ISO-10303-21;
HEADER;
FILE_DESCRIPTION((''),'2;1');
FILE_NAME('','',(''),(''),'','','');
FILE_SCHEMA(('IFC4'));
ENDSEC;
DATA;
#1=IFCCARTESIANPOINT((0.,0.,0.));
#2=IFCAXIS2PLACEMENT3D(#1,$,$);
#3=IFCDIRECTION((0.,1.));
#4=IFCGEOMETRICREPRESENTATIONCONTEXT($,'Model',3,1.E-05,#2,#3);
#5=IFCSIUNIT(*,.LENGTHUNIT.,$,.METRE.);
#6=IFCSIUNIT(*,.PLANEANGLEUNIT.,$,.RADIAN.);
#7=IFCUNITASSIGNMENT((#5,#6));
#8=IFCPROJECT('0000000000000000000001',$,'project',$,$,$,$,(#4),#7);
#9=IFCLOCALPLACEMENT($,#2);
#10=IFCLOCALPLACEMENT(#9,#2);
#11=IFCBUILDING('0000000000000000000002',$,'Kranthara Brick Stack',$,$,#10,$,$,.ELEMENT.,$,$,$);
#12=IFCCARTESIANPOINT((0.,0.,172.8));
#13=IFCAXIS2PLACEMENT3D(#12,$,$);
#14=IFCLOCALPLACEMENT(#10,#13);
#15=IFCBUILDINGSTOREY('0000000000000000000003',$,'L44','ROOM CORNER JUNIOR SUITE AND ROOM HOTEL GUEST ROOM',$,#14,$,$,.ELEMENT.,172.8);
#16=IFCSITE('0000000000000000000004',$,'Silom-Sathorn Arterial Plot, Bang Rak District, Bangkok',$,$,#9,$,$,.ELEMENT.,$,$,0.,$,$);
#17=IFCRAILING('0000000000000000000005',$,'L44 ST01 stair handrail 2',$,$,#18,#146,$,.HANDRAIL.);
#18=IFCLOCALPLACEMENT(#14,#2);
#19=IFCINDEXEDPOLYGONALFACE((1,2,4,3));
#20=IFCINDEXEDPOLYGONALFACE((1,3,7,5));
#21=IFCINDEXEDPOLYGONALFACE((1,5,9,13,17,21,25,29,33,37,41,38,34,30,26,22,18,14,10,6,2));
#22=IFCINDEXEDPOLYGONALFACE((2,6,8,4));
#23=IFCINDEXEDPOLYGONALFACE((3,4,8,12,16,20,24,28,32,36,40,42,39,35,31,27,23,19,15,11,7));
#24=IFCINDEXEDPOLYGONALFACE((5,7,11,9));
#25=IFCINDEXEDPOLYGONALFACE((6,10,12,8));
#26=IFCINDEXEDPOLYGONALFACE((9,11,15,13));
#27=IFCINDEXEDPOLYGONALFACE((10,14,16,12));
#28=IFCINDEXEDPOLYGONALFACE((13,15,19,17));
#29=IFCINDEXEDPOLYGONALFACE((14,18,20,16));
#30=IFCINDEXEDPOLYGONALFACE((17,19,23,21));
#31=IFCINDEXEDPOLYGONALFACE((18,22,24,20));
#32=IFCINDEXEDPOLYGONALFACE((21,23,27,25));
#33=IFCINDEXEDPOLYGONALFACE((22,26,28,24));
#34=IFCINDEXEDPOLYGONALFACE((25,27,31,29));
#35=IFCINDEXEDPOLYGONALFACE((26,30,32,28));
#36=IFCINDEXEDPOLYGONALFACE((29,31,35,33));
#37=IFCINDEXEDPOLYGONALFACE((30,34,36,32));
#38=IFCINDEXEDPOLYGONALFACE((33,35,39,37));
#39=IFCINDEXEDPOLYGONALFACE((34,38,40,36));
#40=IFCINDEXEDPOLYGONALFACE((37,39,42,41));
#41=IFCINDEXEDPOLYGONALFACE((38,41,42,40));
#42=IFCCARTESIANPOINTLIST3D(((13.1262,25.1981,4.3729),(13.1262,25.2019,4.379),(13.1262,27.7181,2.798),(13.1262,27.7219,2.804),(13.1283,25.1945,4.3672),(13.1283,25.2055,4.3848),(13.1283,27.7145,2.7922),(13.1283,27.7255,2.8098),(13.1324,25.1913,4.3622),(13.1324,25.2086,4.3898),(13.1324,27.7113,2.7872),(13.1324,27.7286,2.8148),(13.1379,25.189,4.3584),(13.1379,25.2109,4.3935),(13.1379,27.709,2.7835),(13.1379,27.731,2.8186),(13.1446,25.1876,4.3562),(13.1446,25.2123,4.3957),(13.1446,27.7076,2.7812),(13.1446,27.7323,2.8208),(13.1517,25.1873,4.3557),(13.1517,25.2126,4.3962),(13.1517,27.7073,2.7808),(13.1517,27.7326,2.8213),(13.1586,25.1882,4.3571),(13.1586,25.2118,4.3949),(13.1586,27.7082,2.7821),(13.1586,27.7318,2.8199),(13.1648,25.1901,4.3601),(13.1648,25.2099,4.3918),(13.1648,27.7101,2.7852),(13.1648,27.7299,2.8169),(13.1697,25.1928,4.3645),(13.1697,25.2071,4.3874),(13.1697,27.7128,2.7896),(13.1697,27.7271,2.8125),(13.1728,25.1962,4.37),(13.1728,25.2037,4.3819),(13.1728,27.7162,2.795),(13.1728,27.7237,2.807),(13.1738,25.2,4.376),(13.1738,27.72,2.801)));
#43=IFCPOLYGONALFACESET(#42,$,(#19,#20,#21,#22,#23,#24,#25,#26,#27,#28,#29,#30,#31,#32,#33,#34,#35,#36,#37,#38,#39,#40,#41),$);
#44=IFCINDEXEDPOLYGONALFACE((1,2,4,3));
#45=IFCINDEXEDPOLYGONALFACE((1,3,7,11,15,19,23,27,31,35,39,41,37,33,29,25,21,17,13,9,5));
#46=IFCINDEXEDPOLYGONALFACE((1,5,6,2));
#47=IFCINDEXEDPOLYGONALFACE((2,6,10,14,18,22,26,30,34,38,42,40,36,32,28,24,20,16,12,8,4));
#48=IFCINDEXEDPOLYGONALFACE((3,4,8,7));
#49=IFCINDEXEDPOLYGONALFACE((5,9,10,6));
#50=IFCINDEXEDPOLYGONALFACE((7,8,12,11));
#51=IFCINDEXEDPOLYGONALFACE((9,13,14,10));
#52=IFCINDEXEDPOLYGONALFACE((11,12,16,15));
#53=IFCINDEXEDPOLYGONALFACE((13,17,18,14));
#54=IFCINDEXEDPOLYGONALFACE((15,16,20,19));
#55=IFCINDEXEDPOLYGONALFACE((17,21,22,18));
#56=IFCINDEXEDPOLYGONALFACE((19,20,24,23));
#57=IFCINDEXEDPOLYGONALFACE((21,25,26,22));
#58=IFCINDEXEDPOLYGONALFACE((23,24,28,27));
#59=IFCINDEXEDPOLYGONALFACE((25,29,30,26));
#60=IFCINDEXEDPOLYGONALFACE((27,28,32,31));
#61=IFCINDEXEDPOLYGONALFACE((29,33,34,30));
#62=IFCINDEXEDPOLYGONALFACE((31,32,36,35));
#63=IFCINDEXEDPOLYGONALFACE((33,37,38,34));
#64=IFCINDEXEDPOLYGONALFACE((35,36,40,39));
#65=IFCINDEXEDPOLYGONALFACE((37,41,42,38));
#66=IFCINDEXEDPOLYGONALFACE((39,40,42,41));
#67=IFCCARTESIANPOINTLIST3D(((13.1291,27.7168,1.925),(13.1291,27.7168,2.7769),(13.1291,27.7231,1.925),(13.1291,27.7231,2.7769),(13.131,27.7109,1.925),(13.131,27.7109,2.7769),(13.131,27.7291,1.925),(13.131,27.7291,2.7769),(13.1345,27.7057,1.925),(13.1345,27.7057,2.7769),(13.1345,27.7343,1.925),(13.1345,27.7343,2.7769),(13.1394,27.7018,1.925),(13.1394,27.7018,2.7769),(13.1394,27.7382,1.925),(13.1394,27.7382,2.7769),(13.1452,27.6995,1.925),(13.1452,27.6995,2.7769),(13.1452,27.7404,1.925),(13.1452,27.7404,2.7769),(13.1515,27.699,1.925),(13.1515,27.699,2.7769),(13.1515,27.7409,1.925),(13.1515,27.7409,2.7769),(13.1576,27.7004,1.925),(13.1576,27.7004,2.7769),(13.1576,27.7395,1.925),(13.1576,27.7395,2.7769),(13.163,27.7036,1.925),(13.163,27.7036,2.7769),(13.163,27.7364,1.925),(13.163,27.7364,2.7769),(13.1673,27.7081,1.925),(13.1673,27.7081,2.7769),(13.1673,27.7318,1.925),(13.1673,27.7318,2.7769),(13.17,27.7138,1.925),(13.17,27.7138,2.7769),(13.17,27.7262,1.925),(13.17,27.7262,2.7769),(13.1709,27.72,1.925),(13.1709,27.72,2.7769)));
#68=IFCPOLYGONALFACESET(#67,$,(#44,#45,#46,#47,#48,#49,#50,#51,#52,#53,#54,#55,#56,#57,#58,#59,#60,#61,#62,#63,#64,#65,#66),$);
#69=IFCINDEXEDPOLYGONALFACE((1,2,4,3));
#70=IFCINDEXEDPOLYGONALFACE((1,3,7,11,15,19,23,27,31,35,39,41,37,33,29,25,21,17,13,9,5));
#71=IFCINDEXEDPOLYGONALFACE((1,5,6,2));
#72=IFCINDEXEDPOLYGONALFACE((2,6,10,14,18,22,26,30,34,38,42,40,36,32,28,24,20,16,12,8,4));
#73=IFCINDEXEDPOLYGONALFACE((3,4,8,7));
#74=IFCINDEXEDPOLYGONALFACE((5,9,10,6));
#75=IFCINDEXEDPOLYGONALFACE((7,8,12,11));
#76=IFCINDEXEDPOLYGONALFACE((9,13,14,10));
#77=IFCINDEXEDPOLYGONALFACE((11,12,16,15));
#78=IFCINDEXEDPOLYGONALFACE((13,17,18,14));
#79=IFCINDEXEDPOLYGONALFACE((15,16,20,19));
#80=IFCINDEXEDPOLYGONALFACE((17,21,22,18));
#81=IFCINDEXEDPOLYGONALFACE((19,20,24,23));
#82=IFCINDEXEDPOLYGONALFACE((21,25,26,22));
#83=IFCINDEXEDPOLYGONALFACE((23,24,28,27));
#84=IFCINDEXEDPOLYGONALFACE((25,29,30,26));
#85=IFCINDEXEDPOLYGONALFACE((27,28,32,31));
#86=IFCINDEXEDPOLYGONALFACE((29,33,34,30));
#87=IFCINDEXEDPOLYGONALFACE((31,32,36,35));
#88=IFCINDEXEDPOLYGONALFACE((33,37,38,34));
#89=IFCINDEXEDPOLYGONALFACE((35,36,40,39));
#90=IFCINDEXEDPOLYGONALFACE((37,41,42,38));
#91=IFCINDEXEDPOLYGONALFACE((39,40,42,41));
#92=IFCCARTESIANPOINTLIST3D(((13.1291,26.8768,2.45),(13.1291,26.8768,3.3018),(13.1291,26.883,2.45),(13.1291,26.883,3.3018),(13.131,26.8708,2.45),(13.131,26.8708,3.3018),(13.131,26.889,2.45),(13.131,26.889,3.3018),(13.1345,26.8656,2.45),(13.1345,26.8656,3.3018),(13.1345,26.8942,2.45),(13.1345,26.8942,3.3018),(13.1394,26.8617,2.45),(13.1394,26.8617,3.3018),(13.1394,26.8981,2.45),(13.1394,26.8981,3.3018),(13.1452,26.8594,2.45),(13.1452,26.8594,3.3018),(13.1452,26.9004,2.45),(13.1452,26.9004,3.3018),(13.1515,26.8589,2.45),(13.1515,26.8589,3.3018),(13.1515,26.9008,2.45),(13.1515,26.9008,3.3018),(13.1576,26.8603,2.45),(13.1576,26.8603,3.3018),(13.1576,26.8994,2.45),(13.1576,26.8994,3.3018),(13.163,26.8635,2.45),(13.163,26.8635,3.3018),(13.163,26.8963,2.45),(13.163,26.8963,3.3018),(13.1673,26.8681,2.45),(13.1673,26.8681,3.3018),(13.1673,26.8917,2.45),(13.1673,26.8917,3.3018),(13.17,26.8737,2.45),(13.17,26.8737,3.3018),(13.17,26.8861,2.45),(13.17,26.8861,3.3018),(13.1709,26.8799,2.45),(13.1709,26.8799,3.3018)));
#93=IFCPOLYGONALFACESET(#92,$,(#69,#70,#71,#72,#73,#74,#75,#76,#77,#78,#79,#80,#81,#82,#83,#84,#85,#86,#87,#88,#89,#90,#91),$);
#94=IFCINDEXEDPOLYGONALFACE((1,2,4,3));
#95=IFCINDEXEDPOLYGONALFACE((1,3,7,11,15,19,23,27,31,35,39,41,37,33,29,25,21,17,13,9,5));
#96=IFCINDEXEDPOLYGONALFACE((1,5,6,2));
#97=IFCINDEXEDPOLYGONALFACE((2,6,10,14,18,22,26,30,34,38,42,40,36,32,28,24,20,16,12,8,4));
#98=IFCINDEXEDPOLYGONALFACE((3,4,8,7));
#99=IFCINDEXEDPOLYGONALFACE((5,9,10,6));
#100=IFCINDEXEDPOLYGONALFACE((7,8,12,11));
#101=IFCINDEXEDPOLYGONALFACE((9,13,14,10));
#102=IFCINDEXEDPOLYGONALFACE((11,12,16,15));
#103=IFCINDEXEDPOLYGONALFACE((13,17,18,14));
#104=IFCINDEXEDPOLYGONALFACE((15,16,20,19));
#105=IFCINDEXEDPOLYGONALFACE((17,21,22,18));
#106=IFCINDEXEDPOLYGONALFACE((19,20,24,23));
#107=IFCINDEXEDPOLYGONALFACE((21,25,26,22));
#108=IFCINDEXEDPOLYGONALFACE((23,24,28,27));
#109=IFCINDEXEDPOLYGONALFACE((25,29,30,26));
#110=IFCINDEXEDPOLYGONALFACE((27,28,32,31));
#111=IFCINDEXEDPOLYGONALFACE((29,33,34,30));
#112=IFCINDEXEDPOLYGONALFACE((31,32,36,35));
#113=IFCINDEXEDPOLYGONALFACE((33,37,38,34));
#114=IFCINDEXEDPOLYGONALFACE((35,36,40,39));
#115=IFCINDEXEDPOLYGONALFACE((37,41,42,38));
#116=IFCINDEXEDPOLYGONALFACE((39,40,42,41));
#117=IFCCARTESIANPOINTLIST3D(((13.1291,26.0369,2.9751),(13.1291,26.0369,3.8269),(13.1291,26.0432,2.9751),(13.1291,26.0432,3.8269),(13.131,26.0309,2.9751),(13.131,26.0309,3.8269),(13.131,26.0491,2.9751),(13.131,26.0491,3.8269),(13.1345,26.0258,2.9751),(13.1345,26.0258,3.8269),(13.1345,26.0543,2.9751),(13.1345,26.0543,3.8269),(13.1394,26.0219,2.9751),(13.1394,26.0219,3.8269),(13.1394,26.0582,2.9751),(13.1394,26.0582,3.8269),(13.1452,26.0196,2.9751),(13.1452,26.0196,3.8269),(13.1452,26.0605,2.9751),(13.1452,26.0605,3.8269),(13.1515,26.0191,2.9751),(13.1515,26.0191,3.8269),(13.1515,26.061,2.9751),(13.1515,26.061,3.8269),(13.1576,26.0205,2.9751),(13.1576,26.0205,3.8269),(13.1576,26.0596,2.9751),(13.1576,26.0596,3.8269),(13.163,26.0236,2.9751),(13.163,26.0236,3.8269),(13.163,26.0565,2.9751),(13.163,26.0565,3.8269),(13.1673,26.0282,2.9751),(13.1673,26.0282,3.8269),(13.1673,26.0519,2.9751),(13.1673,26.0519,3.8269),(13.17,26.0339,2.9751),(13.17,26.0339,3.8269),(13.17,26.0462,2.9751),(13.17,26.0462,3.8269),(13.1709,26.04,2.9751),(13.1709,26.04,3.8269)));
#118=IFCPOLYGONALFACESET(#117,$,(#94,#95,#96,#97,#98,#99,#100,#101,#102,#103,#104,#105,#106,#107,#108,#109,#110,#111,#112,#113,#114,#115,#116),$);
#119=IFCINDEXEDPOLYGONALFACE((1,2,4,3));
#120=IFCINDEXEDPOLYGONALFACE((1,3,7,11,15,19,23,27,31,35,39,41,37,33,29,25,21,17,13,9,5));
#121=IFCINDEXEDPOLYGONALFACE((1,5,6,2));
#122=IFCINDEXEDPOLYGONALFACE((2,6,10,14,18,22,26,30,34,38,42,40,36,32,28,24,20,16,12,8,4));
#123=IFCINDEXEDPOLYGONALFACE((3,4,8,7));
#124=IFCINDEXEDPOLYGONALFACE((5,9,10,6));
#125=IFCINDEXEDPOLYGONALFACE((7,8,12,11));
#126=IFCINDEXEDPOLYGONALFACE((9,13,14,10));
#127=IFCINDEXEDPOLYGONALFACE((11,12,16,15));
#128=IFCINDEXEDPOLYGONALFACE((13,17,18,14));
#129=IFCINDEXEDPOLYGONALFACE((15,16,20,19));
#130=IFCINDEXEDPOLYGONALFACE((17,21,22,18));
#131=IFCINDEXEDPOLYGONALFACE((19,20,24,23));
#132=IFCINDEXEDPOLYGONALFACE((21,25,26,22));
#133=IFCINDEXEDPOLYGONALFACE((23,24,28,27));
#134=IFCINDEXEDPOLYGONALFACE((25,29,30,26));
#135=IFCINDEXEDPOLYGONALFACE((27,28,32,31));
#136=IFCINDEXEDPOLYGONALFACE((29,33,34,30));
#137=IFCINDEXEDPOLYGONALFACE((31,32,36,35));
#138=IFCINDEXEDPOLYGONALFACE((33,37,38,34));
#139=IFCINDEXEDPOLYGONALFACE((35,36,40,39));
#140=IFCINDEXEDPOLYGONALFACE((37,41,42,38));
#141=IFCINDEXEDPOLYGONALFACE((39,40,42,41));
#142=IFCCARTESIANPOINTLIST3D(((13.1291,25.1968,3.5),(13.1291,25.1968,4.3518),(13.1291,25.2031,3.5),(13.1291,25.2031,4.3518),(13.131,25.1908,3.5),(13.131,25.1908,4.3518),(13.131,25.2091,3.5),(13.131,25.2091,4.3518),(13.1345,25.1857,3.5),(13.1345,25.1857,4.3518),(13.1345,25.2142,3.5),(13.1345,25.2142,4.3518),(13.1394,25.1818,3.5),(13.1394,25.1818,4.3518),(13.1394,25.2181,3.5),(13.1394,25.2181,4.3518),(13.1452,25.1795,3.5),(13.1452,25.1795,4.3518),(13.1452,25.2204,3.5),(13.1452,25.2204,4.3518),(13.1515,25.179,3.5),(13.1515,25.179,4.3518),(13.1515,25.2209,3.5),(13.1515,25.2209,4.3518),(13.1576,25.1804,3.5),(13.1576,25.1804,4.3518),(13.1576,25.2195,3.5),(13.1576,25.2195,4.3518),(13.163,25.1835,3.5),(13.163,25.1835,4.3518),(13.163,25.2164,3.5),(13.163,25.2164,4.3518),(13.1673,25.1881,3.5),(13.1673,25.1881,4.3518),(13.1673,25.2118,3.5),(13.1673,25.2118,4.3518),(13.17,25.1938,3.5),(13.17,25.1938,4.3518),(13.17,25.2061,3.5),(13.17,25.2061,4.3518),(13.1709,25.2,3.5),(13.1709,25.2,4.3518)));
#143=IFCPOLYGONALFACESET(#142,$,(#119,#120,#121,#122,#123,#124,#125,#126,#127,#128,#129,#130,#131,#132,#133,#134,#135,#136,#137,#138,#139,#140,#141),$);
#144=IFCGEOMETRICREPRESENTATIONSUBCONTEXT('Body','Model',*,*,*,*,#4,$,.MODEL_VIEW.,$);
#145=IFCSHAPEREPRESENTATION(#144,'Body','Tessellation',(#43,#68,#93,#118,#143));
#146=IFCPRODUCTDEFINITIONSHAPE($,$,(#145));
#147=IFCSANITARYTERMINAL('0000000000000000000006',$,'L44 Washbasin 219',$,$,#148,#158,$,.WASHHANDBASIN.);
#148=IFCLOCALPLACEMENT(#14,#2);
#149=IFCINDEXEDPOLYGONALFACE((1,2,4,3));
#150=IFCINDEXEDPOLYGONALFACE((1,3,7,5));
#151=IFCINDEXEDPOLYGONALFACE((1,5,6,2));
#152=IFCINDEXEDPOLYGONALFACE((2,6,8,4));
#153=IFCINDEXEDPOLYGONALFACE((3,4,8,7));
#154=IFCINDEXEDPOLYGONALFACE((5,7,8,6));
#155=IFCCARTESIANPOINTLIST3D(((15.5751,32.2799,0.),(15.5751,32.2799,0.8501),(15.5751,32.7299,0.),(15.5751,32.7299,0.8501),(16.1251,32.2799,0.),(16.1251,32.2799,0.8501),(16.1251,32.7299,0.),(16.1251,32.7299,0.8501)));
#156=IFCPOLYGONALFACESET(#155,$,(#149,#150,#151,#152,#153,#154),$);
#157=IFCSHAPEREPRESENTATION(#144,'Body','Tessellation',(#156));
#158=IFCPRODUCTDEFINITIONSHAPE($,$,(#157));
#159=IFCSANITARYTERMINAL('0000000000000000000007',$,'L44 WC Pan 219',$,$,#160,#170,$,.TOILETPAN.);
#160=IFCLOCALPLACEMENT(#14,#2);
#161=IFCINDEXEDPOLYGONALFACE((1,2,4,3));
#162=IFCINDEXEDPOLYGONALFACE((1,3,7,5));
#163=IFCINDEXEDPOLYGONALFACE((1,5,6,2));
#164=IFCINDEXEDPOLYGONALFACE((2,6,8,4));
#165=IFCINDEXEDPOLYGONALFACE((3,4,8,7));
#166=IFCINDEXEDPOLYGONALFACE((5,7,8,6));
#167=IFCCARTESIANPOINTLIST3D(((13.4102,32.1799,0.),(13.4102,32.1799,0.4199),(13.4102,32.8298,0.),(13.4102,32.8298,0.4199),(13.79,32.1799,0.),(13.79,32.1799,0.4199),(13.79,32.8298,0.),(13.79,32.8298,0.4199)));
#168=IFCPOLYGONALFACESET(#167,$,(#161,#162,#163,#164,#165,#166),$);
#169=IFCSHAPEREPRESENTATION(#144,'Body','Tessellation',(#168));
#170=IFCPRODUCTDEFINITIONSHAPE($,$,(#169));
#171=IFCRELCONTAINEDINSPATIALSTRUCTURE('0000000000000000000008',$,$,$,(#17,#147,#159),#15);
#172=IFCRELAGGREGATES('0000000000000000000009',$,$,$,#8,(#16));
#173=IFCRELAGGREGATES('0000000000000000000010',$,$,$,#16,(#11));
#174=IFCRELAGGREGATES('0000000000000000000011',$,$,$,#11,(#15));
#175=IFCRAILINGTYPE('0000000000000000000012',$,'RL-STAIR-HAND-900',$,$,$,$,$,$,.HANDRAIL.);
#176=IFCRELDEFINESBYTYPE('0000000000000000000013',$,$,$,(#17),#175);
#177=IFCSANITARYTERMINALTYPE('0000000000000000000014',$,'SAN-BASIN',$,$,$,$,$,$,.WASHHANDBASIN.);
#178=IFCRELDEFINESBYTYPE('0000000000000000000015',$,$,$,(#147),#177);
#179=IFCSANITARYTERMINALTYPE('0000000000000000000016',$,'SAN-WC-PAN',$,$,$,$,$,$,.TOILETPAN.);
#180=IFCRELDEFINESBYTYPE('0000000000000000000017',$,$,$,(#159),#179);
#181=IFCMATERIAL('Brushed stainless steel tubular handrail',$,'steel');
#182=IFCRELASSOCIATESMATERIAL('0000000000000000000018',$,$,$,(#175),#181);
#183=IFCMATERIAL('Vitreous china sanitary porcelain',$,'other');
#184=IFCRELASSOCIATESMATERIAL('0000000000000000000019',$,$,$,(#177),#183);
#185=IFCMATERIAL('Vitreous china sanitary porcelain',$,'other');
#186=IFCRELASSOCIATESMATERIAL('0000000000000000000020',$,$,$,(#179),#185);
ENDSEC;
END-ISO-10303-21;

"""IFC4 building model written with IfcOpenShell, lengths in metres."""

from ifc_helpers import new_model, si_unit, direction, frame, origin, origin_2d, place, context, subcontext, project, spatial, rectangle, circle, extrude, material, type_object, element, save


model = new_model("IFC4")

# Units and contexts
model_context = context("Model", 3, precision=1e-05, world=origin(), true_north=direction((0.0, 1.0)))
body_context = subcontext(model_context, "Body", "Model", "MODEL_VIEW")
ifc_project = project(units=[si_unit("LENGTHUNIT", "METRE"), si_unit("PLANEANGLEUNIT", "RADIAN")], contexts=[model_context])

# Site, building, storey
site_placement = place(None, origin())
site = spatial("IfcSite", under=ifc_project, at=site_placement, Name="Silom-Sathorn Arterial Plot, Bang Rak District, Bangkok", CompositionType="ELEMENT", RefElevation=0.0)
building_placement = place(site_placement, origin())
building = spatial("IfcBuilding", under=site, at=building_placement, Name="Kranthara Brick Stack", CompositionType="ELEMENT")
storey_placement = place(building_placement, frame((0.0, 0.0, 172.8)))
storey = spatial("IfcBuildingStorey", under=building, at=storey_placement, Name="L44", Description="ROOM CORNER JUNIOR SUITE AND ROOM HOTEL GUEST ROOM", CompositionType="ELEMENT", Elevation=172.8)

# Railing
ifc_material_1 = material(Name="Brushed stainless steel tubular handrail", Category="steel")
railing_type_1 = type_object("IfcRailingType", Name="RL-STAIR-HAND-900", PredefinedType="HANDRAIL", material=ifc_material_1)
railing_1_placement = place(storey_placement, frame((13.1499, 27.72, 1.925)))
element("IfcRailing", 1, at=railing_1_placement, inside=storey, type_object=railing_type_1, Name="L44 ST01 stair handrail 2", PredefinedType="HANDRAIL", context=body_context, shape_type="SweptSolid", body=[
    extrude(circle(Radius=0.0239, at=origin_2d()), frame((0.0, 0.0, 0.876), z_axis=(0.0, -0.848008, 0.529984), x_axis=(1.0, 0.0, 0.0)), (0.0, 0.0, 1.0), 2.9717),
    extrude(circle(Radius=0.021, at=origin_2d()), origin(), (0.0, 0.0, 1.0), 0.8518),
    extrude(circle(Radius=0.021, at=origin_2d()), frame((0.0, -0.8401, 0.5249)), (0.0, 0.0, 1.0), 0.8518),
    extrude(circle(Radius=0.021, at=origin_2d()), frame((0.0, -1.6799, 1.05)), (0.0, 0.0, 1.0), 0.8518),
    extrude(circle(Radius=0.021, at=origin_2d()), frame((0.0, -2.52, 1.575)), (0.0, 0.0, 1.0), 0.8518),
])

# Sanitary terminals
ifc_material_2 = material(Name="Vitreous china sanitary porcelain", Category="other")
sanitary_terminal_type_1 = type_object("IfcSanitaryTerminalType", Name="SAN-BASIN", PredefinedType="WASHHANDBASIN", material=ifc_material_2)
sanitary_terminal_1_placement = place(storey_placement, frame((15.8501, 32.5049, 0.0), z_axis=(0.0, 0.0, 1.0), x_axis=(1.0, 0.0, 0.0)))
element("IfcSanitaryTerminal", 2, at=sanitary_terminal_1_placement, inside=storey, type_object=sanitary_terminal_type_1, Name="L44 Washbasin 219", PredefinedType="WASHHANDBASIN", context=body_context, shape_type="SweptSolid", body=[
    extrude(rectangle(XDim=0.55, YDim=0.45, at=origin_2d()), origin(), (0.0, 0.0, 1.0), 0.8501),
])
ifc_material_3 = material(Name="Vitreous china sanitary porcelain", Category="other")
sanitary_terminal_type_2 = type_object("IfcSanitaryTerminalType", Name="SAN-WC-PAN", PredefinedType="TOILETPAN", material=ifc_material_3)
sanitary_terminal_2_placement = place(storey_placement, frame((13.6001, 32.5049, 0.0), z_axis=(0.0, 0.0, 1.0), x_axis=(1.0, 0.0, 0.0)))
element("IfcSanitaryTerminal", 3, at=sanitary_terminal_2_placement, inside=storey, type_object=sanitary_terminal_type_2, Name="L44 WC Pan 219", PredefinedType="TOILETPAN", context=body_context, shape_type="SweptSolid", body=[
    extrude(rectangle(XDim=0.3799, YDim=0.6499, at=origin_2d()), origin(), (0.0, 0.0, 1.0), 0.4199),
])

save(model, "model.ifc")
